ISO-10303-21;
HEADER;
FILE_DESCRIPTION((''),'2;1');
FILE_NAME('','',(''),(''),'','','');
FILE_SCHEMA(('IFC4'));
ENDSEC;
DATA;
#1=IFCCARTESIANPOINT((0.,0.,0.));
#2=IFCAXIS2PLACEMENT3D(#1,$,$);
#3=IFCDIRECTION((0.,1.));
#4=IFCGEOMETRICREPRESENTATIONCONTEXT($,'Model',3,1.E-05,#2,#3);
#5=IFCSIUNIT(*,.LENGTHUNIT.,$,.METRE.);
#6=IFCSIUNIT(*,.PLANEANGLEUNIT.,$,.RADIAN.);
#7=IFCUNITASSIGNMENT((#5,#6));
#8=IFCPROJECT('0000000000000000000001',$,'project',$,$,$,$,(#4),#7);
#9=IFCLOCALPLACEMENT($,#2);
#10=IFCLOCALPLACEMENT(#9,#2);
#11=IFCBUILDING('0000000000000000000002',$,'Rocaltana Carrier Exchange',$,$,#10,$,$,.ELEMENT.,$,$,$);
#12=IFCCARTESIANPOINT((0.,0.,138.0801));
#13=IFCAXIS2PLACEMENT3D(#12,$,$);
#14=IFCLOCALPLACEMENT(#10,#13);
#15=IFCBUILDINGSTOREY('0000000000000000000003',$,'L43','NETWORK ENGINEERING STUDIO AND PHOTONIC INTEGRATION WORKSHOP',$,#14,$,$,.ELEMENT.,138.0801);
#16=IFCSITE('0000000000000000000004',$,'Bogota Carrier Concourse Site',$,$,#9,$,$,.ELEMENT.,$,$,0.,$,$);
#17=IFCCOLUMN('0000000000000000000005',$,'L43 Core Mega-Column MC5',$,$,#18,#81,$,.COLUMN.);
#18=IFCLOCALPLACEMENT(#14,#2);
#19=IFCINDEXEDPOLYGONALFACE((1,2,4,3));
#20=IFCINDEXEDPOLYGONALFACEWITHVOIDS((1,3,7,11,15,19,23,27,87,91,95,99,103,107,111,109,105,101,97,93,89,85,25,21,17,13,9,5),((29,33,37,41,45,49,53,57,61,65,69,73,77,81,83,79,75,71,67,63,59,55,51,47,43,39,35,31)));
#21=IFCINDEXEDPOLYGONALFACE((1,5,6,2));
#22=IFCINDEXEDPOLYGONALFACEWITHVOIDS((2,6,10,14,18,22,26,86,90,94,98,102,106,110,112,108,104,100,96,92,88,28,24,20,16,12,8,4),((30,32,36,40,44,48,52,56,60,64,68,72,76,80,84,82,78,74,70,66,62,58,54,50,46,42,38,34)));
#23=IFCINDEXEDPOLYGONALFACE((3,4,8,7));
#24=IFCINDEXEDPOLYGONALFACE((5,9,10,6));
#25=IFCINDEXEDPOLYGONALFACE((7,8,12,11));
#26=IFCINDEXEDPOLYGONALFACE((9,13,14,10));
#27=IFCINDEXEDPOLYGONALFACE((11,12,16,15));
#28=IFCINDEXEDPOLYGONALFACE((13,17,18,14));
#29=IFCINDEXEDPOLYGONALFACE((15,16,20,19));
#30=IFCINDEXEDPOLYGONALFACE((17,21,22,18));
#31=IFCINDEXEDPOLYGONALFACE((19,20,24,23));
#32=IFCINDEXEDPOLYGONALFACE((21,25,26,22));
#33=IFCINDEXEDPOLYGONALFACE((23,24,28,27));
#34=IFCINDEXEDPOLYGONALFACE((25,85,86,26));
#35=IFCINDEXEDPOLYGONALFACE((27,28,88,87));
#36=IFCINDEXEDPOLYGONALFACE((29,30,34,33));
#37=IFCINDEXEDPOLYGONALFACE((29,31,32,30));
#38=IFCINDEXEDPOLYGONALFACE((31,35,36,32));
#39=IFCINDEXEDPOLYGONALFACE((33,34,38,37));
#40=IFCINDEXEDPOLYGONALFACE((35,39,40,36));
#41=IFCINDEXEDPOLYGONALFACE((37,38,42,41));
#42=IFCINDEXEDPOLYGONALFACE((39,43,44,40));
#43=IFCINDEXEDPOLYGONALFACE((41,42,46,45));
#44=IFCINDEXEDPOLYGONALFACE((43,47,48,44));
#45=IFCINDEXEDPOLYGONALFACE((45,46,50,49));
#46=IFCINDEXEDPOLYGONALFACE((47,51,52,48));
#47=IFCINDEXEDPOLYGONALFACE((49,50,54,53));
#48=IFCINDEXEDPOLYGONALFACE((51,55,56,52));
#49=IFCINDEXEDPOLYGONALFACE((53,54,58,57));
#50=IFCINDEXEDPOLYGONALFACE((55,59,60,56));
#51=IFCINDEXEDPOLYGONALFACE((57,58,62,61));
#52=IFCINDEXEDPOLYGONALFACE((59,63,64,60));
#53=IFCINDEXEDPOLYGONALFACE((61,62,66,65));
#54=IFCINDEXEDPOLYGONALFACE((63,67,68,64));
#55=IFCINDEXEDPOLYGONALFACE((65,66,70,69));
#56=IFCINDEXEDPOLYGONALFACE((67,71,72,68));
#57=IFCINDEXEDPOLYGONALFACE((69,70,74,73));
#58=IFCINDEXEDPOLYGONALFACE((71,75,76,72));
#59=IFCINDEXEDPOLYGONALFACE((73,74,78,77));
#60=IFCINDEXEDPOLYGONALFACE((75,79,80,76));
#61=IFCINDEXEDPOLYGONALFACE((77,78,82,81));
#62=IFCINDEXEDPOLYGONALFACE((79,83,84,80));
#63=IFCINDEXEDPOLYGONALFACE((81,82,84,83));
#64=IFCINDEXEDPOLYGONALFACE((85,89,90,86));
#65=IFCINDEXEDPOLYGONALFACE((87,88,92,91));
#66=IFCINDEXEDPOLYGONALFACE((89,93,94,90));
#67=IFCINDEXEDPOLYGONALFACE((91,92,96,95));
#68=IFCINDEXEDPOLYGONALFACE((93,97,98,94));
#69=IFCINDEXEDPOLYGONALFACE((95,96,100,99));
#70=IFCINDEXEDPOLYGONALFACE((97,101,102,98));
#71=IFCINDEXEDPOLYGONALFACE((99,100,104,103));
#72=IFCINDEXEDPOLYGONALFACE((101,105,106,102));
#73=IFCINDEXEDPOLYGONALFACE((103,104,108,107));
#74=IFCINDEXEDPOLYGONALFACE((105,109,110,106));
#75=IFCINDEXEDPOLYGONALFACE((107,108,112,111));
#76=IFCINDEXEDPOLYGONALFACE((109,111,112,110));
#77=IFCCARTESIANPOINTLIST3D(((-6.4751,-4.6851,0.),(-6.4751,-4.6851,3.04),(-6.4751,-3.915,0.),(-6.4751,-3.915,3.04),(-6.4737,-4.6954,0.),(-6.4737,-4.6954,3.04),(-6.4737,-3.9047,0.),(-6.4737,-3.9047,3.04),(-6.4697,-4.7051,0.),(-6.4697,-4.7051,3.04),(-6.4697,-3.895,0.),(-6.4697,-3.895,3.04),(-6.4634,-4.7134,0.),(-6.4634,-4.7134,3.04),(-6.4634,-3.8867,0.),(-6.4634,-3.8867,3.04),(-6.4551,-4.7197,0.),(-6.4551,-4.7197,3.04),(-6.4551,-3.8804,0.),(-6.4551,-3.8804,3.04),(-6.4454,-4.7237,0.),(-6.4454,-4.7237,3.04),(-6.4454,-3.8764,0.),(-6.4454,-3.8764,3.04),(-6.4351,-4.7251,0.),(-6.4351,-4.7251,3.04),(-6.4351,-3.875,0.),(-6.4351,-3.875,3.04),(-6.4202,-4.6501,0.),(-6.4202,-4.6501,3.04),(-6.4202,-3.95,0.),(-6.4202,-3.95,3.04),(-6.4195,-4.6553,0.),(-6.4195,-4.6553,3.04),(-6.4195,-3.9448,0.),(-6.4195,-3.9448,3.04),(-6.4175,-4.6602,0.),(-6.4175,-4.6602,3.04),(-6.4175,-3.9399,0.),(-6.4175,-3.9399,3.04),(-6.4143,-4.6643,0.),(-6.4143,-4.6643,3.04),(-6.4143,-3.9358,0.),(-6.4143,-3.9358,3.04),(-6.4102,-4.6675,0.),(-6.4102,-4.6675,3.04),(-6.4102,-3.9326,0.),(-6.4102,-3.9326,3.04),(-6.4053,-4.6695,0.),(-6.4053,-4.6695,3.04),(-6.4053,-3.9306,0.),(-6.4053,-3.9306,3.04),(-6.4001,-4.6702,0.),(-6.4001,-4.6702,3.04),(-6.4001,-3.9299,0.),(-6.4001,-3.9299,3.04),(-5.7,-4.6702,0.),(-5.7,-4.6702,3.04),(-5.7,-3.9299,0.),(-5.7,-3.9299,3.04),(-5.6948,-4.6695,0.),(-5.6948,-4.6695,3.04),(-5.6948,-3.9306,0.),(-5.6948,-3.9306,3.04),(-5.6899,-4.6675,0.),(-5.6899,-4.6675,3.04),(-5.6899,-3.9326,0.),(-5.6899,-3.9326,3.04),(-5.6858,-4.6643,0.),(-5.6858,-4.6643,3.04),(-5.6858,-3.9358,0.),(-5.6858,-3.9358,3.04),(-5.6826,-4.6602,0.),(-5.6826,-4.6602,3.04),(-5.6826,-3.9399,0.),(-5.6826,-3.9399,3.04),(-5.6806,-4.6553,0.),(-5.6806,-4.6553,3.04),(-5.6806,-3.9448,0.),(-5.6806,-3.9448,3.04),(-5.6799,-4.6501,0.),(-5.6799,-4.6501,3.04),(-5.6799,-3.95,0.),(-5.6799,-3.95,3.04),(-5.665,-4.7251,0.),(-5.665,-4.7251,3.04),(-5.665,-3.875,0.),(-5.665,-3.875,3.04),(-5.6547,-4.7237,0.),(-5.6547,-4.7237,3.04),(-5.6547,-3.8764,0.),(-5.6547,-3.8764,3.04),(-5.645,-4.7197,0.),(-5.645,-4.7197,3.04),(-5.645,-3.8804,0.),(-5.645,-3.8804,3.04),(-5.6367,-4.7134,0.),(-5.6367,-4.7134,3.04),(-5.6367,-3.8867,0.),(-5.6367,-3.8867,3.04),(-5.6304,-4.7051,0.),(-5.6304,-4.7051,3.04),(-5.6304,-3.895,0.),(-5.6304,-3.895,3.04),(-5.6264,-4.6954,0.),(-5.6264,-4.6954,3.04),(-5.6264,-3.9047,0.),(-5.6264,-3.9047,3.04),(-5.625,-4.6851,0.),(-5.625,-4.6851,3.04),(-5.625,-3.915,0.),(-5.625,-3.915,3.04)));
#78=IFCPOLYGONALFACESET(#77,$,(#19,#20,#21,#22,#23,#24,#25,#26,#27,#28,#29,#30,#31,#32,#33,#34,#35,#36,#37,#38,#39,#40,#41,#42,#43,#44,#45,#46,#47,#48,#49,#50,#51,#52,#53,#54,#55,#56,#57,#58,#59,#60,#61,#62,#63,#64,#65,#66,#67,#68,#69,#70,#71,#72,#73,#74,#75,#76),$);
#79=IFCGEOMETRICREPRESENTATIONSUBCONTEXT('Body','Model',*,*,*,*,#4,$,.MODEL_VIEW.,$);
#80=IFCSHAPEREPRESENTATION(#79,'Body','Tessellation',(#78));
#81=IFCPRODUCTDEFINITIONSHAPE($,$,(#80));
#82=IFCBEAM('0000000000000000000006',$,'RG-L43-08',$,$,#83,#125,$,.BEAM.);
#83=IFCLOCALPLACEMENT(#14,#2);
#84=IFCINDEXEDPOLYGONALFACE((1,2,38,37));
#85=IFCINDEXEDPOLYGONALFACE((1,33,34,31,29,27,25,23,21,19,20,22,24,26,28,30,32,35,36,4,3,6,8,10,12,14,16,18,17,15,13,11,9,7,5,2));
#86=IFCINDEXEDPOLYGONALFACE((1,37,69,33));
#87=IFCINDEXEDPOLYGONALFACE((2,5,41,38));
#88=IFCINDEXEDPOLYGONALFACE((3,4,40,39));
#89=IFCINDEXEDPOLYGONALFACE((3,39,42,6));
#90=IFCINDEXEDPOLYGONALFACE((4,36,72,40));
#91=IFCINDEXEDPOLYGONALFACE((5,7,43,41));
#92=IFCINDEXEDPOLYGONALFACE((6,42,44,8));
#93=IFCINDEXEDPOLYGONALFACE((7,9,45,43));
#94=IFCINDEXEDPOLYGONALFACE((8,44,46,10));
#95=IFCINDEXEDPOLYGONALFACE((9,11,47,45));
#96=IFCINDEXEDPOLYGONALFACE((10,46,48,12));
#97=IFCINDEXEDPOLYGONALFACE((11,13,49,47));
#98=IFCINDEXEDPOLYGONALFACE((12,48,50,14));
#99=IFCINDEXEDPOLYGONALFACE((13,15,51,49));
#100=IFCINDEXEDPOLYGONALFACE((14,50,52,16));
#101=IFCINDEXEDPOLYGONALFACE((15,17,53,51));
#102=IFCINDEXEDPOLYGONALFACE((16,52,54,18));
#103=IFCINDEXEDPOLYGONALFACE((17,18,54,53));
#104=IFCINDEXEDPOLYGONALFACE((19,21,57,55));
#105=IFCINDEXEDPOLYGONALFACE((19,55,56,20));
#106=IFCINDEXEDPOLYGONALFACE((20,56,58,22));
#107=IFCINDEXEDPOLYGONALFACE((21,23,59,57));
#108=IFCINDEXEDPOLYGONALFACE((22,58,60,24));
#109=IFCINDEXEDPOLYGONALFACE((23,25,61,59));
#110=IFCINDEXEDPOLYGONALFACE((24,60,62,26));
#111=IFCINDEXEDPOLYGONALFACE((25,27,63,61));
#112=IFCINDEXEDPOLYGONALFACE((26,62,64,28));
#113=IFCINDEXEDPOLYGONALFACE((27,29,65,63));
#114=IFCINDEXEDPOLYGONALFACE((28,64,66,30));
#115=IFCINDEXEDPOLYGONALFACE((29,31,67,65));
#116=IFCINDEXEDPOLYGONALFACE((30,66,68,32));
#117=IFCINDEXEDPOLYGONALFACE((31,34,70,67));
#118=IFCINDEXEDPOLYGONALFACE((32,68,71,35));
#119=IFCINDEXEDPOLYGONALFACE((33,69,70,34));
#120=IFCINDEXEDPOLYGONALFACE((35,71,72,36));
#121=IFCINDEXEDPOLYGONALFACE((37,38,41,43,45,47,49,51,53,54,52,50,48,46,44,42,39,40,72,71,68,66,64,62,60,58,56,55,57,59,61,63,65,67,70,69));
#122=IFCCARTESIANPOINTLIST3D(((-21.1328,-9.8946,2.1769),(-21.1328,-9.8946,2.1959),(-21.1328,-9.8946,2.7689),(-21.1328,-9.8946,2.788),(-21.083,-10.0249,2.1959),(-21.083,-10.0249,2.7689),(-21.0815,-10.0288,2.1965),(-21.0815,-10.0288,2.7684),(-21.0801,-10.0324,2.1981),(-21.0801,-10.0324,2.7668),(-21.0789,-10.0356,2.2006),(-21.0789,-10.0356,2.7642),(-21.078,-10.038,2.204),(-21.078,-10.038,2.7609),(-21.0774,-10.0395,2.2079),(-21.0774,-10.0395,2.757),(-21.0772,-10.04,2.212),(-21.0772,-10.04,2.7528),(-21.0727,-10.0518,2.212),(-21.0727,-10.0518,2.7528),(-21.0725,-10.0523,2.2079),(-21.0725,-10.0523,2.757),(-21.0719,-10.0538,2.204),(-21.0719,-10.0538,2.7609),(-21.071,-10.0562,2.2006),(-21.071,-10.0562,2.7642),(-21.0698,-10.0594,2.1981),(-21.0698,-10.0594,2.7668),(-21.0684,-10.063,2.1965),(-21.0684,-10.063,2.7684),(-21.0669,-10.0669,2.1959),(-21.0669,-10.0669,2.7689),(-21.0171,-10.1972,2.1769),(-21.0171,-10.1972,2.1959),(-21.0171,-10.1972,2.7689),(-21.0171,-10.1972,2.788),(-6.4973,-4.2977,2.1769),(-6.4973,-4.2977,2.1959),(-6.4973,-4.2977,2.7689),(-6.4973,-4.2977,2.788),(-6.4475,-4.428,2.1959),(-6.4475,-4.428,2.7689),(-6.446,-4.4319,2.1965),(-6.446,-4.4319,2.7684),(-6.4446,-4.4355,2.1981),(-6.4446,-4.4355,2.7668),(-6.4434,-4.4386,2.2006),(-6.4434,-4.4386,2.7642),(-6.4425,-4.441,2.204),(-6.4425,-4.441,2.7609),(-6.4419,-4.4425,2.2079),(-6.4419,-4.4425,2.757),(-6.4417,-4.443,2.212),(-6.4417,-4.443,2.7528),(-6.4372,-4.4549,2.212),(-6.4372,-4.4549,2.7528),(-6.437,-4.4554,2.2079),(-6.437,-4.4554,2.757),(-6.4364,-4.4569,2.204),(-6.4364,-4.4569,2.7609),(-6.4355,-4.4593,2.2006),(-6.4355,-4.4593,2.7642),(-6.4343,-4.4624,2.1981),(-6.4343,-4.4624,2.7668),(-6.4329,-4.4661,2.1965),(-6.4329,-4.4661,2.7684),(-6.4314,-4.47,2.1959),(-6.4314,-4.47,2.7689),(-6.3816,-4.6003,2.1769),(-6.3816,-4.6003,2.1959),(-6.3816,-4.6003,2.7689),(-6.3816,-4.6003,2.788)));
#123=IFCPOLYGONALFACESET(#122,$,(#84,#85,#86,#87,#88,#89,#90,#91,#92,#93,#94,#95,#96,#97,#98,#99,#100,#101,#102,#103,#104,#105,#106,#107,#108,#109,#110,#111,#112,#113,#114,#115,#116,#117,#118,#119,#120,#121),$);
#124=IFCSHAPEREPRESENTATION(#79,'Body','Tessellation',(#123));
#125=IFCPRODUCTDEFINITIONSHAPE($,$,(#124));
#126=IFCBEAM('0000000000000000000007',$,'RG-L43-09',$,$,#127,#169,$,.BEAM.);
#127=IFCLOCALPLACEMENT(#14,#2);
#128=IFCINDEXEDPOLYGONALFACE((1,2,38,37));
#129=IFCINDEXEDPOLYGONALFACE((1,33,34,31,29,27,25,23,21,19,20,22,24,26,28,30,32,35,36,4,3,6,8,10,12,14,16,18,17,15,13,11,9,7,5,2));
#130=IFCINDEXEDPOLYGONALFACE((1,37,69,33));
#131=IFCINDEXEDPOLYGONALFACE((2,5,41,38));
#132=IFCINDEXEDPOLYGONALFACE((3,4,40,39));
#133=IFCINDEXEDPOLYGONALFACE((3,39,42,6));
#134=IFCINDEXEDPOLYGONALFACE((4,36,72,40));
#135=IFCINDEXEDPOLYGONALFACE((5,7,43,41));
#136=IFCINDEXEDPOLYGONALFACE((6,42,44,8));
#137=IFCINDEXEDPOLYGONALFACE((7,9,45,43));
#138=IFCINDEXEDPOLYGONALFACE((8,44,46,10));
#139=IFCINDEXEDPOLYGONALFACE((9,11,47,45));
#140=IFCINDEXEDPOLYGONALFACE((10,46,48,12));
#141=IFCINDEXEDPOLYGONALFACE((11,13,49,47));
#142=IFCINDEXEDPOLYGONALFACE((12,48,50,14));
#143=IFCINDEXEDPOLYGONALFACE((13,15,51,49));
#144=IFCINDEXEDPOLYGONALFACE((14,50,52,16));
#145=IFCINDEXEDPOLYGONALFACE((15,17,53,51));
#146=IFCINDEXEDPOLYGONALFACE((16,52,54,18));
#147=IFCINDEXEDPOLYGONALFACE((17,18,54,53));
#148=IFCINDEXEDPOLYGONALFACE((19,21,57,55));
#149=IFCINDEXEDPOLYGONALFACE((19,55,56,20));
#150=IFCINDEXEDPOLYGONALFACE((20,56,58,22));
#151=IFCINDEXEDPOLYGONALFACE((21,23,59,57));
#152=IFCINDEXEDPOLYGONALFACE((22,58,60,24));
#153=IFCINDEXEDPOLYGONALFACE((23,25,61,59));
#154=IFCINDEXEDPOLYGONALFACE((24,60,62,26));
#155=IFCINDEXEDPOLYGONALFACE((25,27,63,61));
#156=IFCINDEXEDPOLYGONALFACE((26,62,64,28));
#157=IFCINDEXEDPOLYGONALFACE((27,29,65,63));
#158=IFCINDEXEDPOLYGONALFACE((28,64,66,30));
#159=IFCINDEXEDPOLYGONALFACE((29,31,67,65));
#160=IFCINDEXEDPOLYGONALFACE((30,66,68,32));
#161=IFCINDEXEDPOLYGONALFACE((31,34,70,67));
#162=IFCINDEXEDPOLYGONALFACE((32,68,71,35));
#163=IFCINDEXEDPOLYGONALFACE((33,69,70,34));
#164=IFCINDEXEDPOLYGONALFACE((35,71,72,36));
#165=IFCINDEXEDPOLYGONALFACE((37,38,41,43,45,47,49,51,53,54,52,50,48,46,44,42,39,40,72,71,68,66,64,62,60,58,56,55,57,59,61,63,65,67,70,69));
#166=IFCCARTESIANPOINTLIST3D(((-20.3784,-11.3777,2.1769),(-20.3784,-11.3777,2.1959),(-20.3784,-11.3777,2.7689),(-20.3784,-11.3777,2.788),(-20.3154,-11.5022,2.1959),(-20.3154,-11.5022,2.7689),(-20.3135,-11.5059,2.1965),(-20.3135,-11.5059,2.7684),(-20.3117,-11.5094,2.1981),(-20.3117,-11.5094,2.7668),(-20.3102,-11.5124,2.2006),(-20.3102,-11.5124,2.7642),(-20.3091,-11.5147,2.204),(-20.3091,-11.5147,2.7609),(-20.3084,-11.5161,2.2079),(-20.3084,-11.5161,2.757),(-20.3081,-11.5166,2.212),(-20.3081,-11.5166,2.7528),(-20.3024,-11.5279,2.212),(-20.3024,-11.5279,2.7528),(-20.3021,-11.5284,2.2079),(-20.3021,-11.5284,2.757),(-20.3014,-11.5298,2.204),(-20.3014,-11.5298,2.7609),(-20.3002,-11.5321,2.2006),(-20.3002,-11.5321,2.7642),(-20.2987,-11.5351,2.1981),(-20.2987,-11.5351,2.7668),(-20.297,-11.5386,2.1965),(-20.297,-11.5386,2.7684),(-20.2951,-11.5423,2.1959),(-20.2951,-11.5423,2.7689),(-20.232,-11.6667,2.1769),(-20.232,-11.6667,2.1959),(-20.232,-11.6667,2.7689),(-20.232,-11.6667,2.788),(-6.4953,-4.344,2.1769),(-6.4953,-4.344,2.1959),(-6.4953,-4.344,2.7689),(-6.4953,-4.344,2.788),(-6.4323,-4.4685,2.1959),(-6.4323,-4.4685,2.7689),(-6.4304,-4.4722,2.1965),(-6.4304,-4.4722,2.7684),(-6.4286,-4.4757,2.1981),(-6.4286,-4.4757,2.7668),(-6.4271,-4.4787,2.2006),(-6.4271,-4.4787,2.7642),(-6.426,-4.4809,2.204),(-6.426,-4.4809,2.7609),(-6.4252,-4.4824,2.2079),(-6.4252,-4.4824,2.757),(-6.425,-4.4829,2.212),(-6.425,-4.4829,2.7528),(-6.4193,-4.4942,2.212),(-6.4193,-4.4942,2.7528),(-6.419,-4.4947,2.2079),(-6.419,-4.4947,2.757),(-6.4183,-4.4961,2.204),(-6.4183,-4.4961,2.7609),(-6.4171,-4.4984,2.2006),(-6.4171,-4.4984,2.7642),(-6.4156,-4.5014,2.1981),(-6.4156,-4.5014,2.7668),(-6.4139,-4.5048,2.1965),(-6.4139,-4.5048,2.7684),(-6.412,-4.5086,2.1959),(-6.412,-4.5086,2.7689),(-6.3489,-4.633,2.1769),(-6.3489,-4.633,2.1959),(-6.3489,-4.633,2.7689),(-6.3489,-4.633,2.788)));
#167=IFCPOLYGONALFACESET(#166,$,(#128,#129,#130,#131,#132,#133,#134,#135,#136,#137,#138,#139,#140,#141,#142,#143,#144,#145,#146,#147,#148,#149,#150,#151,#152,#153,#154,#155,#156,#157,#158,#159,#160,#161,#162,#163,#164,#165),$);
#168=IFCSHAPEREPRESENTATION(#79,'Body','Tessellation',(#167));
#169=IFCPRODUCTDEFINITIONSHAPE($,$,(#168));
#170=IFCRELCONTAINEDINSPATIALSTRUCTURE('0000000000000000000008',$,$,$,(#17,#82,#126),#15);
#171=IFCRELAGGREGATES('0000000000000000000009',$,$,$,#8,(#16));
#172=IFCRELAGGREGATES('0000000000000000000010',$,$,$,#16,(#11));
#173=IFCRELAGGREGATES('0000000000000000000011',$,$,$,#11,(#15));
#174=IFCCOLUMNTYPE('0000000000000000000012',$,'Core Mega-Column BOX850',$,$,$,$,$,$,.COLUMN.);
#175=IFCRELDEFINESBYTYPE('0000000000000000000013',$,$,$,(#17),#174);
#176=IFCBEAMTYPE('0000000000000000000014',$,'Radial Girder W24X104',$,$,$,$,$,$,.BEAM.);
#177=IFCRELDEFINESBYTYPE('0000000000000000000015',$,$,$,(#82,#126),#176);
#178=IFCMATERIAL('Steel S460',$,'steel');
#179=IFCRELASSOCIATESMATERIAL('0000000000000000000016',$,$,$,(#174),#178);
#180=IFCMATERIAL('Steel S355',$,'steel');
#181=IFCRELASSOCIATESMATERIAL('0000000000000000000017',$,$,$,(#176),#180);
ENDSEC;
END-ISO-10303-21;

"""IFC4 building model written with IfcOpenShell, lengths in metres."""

from ifc_helpers import new_model, si_unit, direction, frame, origin, origin_2d, place, context, subcontext, project, spatial, hollow_rectangle, i_section, extrude, material, material_profile, profile_set, type_object, element, save


model = new_model("IFC4")

# Units and contexts
model_context = context("Model", 3, precision=1e-05, world=origin(), true_north=direction((0.0, 1.0)))
body_context = subcontext(model_context, "Body", "Model", "MODEL_VIEW")
ifc_project = project(units=[si_unit("LENGTHUNIT", "METRE"), si_unit("PLANEANGLEUNIT", "RADIAN")], contexts=[model_context])

# Site, building, storey
site_placement = place(None, origin())
site = spatial("IfcSite", under=ifc_project, at=site_placement, Name="Bogota Carrier Concourse Site", CompositionType="ELEMENT", RefElevation=0.0)
building_placement = place(site_placement, origin())
building = spatial("IfcBuilding", under=site, at=building_placement, Name="Rocaltana Carrier Exchange", CompositionType="ELEMENT")
storey_placement = place(building_placement, frame((0.0, 0.0, 138.0801)))
storey = spatial("IfcBuildingStorey", under=building, at=storey_placement, Name="L43", Description="NETWORK ENGINEERING STUDIO AND PHOTONIC INTEGRATION WORKSHOP", CompositionType="ELEMENT", Elevation=138.0801)

# Column
ifc_material_1 = material(Name="Steel S460", Category="steel")
ifc_material_profile_1 = material_profile(ifc_material_1, hollow_rectangle(XDim=0.8501, YDim=0.8501, WallThickness=0.0549, InnerFilletRadius=0.02, OuterFilletRadius=0.04, at=origin_2d()), Name="BOX850X850X55")
ifc_profile_set_1 = profile_set([ifc_material_profile_1], Name="Steel S460")
column_type = type_object("IfcColumnType", Name="Core Mega-Column BOX850", PredefinedType="COLUMN", material=ifc_profile_set_1)
column_placement = place(storey_placement, frame((-6.05, -4.3, 0.0), z_axis=(0.0, 0.0, 1.0), x_axis=(1.0, 0.0, 0.0)))
element("IfcColumn", 1, at=column_placement, inside=storey, type_object=column_type, Name="L43 Core Mega-Column MC5", PredefinedType="COLUMN", context=body_context, shape_type="SweptSolid", body=[
    extrude(hollow_rectangle(XDim=0.8501, YDim=0.8501, WallThickness=0.0549, InnerFilletRadius=0.02, OuterFilletRadius=0.04, at=origin_2d()), origin(), (0.0, 0.0, 1.0), 3.04),
])

# Beams
ifc_material_2 = material(Name="Steel S355", Category="steel")
ifc_material_profile_2 = material_profile(ifc_material_2, i_section(OverallWidth=0.324, OverallDepth=0.6111, WebThickness=0.0127, FlangeThickness=0.019, FilletRadius=0.0161, at=origin_2d()), Name="W24X104")
ifc_profile_set_2 = profile_set([ifc_material_profile_2], Name="Steel S355")
beam_type = type_object("IfcBeamType", Name="Radial Girder W24X104", PredefinedType="BEAM", material=ifc_profile_set_2)
beam_1_placement = place(storey_placement, frame((-6.4395, -4.449, 2.4824), z_axis=(-0.934031, -0.357193, 0.0), x_axis=(0.357193, -0.934031, 0.0)))
element("IfcBeam", 2, at=beam_1_placement, inside=storey, type_object=beam_type, Name="RG-L43-08", PredefinedType="BEAM", context=body_context, shape_type="SweptSolid", body=[
    extrude(i_section(OverallWidth=0.324, OverallDepth=0.6111, WebThickness=0.0127, FlangeThickness=0.019, FilletRadius=0.0161, at=origin_2d()), origin(), (0.0, 0.0, 1.0), 15.6692),
])
beam_2_placement = place(storey_placement, frame((-6.4221, -4.4885, 2.4824), z_axis=(-0.892046, -0.451945, 0.0), x_axis=(0.451945, -0.892046, 0.0)))
element("IfcBeam", 3, at=beam_2_placement, inside=storey, type_object=beam_type, Name="RG-L43-09", PredefinedType="BEAM", context=body_context, shape_type="SweptSolid", body=[
    extrude(i_section(OverallWidth=0.324, OverallDepth=0.6111, WebThickness=0.0127, FlangeThickness=0.019, FilletRadius=0.0161, at=origin_2d()), origin(), (0.0, 0.0, 1.0), 15.5632),
])

save(model, "model.ifc")
